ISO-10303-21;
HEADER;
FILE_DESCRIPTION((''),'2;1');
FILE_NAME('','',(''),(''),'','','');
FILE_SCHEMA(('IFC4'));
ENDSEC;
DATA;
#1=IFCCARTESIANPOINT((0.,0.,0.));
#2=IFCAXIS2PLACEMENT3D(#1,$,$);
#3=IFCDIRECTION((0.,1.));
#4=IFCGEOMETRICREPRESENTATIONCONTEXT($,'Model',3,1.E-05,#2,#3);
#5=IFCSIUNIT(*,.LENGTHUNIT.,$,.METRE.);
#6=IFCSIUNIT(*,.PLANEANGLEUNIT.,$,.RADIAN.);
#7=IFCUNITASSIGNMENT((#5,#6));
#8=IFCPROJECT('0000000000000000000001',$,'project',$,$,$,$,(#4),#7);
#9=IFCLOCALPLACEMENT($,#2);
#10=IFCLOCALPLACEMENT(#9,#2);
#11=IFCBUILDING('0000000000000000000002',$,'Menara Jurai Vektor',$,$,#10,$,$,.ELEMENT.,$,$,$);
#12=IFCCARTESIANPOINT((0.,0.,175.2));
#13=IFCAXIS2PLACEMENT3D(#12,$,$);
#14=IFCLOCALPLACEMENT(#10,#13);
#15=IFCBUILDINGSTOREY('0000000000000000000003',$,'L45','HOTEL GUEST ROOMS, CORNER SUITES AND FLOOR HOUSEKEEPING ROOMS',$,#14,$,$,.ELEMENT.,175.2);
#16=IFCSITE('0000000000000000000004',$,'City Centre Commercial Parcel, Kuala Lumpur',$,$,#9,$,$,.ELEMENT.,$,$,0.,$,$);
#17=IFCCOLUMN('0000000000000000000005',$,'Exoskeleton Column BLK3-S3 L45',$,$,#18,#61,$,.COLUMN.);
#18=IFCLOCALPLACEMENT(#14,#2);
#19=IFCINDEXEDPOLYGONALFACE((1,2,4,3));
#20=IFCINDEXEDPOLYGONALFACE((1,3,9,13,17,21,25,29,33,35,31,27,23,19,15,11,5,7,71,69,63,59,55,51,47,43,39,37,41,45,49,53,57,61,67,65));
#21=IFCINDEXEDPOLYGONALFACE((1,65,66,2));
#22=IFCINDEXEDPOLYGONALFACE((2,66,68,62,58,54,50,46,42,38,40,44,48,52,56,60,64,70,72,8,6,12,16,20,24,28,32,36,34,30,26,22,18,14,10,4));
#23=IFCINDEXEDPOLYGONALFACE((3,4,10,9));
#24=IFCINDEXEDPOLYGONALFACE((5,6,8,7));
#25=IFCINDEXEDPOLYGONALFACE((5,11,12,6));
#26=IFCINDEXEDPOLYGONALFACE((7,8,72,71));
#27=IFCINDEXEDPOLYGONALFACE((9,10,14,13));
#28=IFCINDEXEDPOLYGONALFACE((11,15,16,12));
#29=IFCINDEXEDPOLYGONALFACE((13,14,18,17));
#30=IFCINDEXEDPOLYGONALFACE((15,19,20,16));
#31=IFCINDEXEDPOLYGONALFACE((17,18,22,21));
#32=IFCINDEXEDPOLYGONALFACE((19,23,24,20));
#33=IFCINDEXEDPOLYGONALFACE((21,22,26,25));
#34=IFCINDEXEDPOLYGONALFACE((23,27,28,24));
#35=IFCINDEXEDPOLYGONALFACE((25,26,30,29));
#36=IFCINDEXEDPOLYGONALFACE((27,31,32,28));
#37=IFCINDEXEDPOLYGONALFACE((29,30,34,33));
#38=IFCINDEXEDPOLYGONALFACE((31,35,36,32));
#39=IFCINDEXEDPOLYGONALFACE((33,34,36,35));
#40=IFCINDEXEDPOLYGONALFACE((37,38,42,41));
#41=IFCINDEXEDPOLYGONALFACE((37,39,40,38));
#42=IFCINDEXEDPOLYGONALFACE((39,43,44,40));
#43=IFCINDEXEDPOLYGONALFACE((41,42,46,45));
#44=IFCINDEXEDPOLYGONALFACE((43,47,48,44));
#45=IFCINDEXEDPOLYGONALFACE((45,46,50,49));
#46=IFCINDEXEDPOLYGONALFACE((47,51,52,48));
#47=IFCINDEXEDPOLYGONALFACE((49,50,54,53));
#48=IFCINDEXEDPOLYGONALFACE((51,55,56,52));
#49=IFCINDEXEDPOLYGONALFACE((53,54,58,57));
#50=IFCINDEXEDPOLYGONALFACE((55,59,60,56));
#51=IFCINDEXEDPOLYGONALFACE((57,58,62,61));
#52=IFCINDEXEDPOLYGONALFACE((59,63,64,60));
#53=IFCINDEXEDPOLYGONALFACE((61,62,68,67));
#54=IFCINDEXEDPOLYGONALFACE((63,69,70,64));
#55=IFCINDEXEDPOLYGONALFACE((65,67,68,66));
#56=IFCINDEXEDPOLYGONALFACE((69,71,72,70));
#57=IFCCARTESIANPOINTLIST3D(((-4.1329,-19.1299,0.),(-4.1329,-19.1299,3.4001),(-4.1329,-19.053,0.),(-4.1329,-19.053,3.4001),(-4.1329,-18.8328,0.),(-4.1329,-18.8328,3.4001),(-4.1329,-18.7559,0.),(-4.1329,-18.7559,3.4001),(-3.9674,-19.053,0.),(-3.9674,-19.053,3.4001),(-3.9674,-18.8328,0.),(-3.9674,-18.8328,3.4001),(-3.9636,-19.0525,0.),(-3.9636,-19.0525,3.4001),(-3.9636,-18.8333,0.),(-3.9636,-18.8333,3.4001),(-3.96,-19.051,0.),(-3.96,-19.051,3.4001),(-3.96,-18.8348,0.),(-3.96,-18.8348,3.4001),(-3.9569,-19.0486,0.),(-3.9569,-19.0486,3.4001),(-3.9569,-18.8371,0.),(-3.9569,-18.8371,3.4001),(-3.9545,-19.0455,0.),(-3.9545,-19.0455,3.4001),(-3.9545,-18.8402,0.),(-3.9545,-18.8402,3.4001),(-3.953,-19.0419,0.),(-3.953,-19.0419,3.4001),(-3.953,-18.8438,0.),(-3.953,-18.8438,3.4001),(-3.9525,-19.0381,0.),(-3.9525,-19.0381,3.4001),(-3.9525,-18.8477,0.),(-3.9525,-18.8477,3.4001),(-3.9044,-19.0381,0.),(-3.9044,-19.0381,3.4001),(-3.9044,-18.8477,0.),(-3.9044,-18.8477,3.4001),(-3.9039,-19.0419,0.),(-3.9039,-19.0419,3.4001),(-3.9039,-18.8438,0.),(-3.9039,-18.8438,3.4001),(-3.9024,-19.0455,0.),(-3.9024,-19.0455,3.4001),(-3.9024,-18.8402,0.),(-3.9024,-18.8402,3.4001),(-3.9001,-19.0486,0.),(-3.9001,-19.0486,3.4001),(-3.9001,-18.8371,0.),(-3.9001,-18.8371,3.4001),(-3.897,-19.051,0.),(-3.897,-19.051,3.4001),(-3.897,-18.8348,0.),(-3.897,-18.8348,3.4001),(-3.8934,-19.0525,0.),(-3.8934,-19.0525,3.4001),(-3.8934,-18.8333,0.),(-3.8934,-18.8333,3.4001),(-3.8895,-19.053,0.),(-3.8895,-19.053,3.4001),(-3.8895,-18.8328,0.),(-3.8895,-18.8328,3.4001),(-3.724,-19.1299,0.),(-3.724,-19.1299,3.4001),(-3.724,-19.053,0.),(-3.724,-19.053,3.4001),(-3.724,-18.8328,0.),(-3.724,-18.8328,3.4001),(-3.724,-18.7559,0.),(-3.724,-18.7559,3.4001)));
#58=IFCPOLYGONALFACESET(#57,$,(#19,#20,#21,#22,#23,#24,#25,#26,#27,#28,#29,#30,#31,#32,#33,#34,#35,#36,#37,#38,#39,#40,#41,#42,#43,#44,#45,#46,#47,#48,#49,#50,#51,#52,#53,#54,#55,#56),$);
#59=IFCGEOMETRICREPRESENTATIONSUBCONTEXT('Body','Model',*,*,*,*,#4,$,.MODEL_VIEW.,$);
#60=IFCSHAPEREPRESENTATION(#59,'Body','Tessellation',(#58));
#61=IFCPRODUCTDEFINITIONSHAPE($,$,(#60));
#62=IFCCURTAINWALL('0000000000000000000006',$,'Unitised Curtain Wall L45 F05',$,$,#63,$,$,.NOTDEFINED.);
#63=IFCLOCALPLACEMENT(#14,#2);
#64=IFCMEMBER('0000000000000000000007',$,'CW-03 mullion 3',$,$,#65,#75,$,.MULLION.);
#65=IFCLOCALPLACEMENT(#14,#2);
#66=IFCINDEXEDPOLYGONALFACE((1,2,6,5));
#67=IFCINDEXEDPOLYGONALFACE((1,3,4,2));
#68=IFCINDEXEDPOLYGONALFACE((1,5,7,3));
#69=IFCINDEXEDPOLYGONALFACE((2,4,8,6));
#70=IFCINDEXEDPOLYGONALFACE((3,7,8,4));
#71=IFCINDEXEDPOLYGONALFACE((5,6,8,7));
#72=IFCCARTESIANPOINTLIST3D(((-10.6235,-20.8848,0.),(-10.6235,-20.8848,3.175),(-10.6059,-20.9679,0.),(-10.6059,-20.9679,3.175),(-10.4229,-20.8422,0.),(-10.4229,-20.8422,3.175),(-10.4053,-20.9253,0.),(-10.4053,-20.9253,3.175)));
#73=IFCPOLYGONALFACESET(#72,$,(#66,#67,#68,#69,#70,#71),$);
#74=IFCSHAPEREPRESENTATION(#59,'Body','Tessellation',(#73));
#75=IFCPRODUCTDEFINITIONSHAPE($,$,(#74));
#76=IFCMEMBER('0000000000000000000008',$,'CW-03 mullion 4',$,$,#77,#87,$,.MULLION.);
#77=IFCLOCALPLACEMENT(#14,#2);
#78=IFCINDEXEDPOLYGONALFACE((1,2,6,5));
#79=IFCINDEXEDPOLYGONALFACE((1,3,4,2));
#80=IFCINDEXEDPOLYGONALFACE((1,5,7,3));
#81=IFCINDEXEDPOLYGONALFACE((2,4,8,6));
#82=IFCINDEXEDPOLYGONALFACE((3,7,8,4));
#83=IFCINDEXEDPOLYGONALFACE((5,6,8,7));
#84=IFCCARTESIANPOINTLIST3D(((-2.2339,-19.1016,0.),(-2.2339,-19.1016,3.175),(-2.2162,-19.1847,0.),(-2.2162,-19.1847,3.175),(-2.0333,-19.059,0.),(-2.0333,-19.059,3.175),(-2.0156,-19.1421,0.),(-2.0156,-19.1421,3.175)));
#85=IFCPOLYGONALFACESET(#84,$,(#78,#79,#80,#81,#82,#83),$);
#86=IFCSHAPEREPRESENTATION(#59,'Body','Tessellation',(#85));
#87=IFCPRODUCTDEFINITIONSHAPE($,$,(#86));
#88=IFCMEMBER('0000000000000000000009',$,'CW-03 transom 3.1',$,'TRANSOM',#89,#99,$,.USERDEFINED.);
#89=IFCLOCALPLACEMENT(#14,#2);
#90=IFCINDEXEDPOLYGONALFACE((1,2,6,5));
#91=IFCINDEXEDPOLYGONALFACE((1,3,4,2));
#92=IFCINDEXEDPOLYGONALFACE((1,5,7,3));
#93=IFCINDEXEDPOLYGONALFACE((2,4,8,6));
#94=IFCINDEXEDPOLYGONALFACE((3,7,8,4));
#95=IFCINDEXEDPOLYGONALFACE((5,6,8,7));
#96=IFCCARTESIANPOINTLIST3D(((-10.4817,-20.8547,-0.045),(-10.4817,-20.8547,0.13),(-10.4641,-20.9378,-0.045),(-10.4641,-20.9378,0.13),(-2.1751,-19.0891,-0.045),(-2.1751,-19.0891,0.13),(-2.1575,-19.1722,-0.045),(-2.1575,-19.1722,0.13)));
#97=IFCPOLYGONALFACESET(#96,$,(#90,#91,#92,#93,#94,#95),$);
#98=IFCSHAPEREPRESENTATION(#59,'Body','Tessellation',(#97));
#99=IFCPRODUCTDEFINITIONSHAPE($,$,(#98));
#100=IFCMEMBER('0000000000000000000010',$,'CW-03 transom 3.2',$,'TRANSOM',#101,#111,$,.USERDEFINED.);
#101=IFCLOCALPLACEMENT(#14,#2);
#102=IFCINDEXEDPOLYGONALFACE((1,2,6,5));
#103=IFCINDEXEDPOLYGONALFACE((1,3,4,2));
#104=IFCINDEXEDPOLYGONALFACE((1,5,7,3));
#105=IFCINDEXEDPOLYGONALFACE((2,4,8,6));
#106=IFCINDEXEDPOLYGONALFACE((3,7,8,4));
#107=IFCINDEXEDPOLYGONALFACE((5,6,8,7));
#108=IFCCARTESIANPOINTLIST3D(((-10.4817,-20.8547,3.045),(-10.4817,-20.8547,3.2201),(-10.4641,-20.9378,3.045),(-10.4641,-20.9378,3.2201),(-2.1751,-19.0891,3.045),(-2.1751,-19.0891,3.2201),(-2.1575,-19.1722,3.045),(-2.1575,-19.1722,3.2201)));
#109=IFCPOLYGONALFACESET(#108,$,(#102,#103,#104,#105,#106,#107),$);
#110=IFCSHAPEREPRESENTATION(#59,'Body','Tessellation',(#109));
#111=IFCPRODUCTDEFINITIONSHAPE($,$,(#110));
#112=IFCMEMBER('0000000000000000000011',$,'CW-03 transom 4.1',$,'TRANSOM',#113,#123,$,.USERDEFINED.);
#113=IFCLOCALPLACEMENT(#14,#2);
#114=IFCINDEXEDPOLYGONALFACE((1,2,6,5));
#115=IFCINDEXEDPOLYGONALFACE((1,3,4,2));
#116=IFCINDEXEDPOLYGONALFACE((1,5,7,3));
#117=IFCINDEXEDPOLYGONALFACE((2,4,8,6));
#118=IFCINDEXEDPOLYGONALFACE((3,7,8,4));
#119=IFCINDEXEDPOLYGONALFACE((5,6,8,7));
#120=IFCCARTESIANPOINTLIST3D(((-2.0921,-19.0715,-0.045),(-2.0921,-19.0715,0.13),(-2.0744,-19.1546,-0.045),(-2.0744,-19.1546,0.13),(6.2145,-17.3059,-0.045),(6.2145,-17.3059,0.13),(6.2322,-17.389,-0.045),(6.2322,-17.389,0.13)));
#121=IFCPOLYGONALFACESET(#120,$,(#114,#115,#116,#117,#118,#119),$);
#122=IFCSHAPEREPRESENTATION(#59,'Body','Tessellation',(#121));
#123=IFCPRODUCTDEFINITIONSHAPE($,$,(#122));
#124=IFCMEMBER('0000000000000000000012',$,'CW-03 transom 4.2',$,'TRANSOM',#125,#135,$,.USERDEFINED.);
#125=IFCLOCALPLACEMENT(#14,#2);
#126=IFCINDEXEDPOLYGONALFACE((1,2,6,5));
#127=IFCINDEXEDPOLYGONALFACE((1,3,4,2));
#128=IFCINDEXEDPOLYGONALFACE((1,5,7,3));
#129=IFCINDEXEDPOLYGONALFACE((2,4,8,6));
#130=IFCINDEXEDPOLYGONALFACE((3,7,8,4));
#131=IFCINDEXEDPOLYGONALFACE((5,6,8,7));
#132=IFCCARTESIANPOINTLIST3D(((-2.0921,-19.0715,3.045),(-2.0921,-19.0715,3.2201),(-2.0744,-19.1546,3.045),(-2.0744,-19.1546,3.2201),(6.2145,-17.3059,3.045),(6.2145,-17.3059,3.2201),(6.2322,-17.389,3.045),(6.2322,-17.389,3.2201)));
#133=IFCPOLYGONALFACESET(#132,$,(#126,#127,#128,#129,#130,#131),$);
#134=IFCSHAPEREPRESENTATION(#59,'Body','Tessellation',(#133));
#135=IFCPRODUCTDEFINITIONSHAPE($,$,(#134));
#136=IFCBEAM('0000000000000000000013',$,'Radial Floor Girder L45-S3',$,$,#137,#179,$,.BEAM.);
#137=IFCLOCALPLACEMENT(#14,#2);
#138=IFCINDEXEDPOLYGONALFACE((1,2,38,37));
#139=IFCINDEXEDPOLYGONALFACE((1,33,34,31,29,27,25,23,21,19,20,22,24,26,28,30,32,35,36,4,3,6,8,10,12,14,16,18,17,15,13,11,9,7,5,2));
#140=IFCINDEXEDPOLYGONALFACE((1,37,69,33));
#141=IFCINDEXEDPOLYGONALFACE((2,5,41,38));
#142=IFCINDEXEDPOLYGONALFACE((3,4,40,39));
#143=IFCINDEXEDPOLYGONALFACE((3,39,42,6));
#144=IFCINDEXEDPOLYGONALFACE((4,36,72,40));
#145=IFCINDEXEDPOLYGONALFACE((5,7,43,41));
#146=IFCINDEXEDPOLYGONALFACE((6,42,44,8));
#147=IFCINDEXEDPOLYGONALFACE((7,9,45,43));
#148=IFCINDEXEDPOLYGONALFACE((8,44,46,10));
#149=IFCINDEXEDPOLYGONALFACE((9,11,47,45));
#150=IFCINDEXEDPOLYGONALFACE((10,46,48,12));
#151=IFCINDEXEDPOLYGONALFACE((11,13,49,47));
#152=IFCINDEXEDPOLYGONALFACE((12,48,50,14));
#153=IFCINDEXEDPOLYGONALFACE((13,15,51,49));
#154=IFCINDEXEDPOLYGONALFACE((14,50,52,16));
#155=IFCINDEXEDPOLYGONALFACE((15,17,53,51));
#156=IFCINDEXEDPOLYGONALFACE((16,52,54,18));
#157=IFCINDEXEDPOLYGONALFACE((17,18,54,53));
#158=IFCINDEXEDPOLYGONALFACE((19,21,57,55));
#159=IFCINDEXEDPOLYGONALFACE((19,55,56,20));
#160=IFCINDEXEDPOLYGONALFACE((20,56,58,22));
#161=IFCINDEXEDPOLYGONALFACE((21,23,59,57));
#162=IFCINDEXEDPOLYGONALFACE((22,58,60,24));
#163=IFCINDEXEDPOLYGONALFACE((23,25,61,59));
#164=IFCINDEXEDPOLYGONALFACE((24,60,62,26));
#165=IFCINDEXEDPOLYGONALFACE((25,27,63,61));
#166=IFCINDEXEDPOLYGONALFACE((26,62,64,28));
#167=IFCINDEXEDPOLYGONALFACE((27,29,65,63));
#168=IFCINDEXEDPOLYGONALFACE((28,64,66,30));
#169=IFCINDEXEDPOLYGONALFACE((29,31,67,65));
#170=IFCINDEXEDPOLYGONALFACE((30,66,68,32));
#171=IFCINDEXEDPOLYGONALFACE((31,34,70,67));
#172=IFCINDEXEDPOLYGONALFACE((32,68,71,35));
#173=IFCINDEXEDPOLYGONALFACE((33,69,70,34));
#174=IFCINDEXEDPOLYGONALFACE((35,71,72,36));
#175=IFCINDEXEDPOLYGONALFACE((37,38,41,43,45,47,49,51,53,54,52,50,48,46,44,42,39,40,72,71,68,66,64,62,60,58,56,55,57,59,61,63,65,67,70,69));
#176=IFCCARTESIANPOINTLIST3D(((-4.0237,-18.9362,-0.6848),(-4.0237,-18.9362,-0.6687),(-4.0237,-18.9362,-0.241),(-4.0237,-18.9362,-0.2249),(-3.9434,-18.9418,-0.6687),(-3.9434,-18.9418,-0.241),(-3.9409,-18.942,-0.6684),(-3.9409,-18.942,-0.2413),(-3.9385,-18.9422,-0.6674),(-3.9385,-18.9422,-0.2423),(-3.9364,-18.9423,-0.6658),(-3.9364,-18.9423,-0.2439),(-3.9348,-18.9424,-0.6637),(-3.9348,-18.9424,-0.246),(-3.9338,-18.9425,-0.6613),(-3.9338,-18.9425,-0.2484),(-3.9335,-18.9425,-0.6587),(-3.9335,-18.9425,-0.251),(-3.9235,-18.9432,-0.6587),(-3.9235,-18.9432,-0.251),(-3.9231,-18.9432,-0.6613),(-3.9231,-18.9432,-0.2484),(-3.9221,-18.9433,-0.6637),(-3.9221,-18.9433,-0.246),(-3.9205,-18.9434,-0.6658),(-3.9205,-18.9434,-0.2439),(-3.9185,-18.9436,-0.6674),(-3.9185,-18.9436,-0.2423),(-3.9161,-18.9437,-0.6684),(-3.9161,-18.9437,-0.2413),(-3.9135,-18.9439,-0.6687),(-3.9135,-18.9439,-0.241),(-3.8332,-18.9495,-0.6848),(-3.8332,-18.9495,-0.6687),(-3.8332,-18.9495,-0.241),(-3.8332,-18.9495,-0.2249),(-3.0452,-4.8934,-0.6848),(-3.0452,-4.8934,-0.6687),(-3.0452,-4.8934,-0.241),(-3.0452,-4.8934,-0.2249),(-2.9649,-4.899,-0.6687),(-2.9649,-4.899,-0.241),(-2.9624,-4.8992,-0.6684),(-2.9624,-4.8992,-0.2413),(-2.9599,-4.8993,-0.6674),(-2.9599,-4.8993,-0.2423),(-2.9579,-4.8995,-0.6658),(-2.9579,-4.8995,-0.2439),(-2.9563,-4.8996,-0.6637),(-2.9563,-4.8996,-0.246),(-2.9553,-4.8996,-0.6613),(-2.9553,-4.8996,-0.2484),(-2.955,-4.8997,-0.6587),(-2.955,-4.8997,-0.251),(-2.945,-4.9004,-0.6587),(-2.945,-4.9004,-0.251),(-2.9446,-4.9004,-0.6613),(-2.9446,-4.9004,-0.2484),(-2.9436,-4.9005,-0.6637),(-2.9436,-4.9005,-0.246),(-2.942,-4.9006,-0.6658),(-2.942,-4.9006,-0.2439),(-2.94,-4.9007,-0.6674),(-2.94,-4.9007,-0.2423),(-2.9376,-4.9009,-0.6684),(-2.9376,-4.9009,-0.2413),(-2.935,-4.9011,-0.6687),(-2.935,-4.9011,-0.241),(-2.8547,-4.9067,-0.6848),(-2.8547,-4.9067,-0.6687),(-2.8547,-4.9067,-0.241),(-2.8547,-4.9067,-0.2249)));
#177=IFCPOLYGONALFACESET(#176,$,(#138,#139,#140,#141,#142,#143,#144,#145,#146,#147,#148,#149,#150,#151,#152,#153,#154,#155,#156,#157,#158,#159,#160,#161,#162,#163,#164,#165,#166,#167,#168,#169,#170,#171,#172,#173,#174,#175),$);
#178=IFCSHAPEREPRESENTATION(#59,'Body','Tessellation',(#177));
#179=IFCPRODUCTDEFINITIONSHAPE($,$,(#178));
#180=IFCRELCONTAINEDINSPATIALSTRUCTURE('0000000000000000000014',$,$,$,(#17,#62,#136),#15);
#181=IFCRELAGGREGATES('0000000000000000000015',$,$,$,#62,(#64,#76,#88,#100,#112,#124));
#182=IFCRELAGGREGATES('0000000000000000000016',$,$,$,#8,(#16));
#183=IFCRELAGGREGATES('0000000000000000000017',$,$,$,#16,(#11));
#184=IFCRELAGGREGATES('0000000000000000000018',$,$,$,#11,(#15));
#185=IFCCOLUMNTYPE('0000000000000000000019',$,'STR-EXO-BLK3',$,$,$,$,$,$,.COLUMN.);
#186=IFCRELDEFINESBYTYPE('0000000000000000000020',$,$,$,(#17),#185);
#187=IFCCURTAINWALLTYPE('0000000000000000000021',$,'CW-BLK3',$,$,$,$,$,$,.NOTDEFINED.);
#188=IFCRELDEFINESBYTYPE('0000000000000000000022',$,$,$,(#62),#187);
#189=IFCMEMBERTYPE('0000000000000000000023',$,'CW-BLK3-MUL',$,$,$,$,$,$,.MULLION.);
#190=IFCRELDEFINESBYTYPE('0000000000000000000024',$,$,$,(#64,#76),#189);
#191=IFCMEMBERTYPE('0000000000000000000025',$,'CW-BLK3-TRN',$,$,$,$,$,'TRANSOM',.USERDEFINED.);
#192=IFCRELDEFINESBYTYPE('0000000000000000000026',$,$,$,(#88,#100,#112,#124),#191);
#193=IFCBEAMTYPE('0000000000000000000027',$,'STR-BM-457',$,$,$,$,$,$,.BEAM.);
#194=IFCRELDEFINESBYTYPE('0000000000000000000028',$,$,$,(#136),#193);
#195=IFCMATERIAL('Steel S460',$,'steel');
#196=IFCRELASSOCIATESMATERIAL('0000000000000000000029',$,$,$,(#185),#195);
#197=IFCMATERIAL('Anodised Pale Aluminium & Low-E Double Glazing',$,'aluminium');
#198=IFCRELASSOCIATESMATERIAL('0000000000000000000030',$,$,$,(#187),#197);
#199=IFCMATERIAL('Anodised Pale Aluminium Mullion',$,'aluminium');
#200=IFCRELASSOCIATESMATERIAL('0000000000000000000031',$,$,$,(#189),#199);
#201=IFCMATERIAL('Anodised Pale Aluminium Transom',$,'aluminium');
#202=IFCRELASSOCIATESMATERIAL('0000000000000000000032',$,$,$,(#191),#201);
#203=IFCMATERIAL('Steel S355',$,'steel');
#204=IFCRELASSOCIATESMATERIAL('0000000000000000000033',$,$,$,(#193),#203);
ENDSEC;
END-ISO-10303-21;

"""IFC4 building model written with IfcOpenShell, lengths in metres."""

from ifc_helpers import new_model, si_unit, direction, frame, origin, origin_2d, place, context, subcontext, project, spatial, rectangle, i_section, extrude, material, material_profile, profile_set, type_object, element, aggregate, save


model = new_model("IFC4")

# Units and contexts
model_context = context("Model", 3, precision=1e-05, world=origin(), true_north=direction((0.0, 1.0)))
body_context = subcontext(model_context, "Body", "Model", "MODEL_VIEW")
ifc_project = project(units=[si_unit("LENGTHUNIT", "METRE"), si_unit("PLANEANGLEUNIT", "RADIAN")], contexts=[model_context])

# Site, building, storey
site_placement = place(None, origin())
site = spatial("IfcSite", under=ifc_project, at=site_placement, Name="City Centre Commercial Parcel, Kuala Lumpur", CompositionType="ELEMENT", RefElevation=0.0)
building_placement = place(site_placement, origin())
building = spatial("IfcBuilding", under=site, at=building_placement, Name="Menara Jurai Vektor", CompositionType="ELEMENT")
storey_placement = place(building_placement, frame((0.0, 0.0, 175.2)))
storey = spatial("IfcBuildingStorey", under=building, at=storey_placement, Name="L45", Description="HOTEL GUEST ROOMS, CORNER SUITES AND FLOOR HOUSEKEEPING ROOMS", CompositionType="ELEMENT", Elevation=175.2)

# Column
ifc_material_1 = material(Name="Steel S460", Category="steel")
ifc_material_profile_1 = material_profile(ifc_material_1, i_section(OverallWidth=0.4089, OverallDepth=0.374, WebThickness=0.0481, FlangeThickness=0.0769, FilletRadius=0.0149, at=origin_2d()), Name="HD 400x634")
ifc_profile_set_1 = profile_set([ifc_material_profile_1], Name="Steel S460")
column_type = type_object("IfcColumnType", Name="STR-EXO-BLK3", PredefinedType="COLUMN", material=ifc_profile_set_1)
column_placement = place(storey_placement, frame((-3.9285, -18.9429, 0.0), z_axis=(0.0, 0.0, 1.0), x_axis=(1.0, 0.0, 0.0)))
element("IfcColumn", 1, at=column_placement, inside=storey, type_object=column_type, Name="Exoskeleton Column BLK3-S3 L45", PredefinedType="COLUMN", context=body_context, shape_type="SweptSolid", body=[
    extrude(i_section(OverallWidth=0.4089, OverallDepth=0.374, WebThickness=0.0481, FlangeThickness=0.0769, FilletRadius=0.0149, at=origin_2d()), origin(), (0.0, 0.0, 1.0), 3.4001),
])

# Curtain wall, members
ifc_material_2 = material(Name="Anodised Pale Aluminium & Low-E Double Glazing", Category="aluminium")
curtain_wall_type = type_object("IfcCurtainWallType", Name="CW-BLK3", PredefinedType="NOTDEFINED", material=ifc_material_2)
curtain_wall_placement = place(storey_placement, origin())
curtain_wall = element("IfcCurtainWall", 2, at=curtain_wall_placement, inside=storey, type_object=curtain_wall_type, Name="Unitised Curtain Wall L45 F05", PredefinedType="NOTDEFINED")
ifc_material_3 = material(Name="Anodised Pale Aluminium Mullion", Category="aluminium")
ifc_material_profile_2 = material_profile(ifc_material_3, rectangle(XDim=0.085, YDim=0.2051, at=origin_2d()), Name="ALU MUL 85x205")
ifc_profile_set_2 = profile_set([ifc_material_profile_2], Name="Anodised Pale Aluminium Mullion")
member_type_1 = type_object("IfcMemberType", Name="CW-BLK3-MUL", PredefinedType="MULLION", material=ifc_profile_set_2)
member_1_placement = place(storey_placement, frame((-10.5144, -20.905, 0.0), z_axis=(0.0, 0.0, 1.0), x_axis=(-0.207911, 0.978148, 0.0)))
member_1 = element("IfcMember", 3, at=member_1_placement, type_object=member_type_1, Name="CW-03 mullion 3", PredefinedType="MULLION", context=body_context, shape_type="SweptSolid", body=[
    extrude(rectangle(XDim=0.085, YDim=0.2051, at=origin_2d()), origin(), (0.0, 0.0, 1.0), 3.175),
])
member_2_placement = place(storey_placement, frame((-2.1248, -19.1218, 0.0), z_axis=(0.0, 0.0, 1.0), x_axis=(-0.207911, 0.978148, 0.0)))
member_2 = element("IfcMember", 4, at=member_2_placement, type_object=member_type_1, Name="CW-03 mullion 4", PredefinedType="MULLION", context=body_context, shape_type="SweptSolid", body=[
    extrude(rectangle(XDim=0.085, YDim=0.2051, at=origin_2d()), origin(), (0.0, 0.0, 1.0), 3.175),
])
ifc_material_4 = material(Name="Anodised Pale Aluminium Transom", Category="aluminium")
ifc_material_profile_3 = material_profile(ifc_material_4, rectangle(XDim=0.085, YDim=0.175, at=origin_2d()), Name="ALU TRN 85x175")
ifc_profile_set_3 = profile_set([ifc_material_profile_3], Name="Anodised Pale Aluminium Transom")
member_type_2 = type_object("IfcMemberType", Name="CW-BLK3-TRN", ElementType="TRANSOM", PredefinedType="USERDEFINED", material=ifc_profile_set_3)
member_3_placement = place(storey_placement, frame((-10.4729, -20.8962, 0.0425), z_axis=(0.978148, 0.207911, 0.0), x_axis=(-0.207911, 0.978148, 0.0)))
member_3 = element("IfcMember", 5, at=member_3_placement, type_object=member_type_2, Name="CW-03 transom 3.1", ObjectType="TRANSOM", PredefinedType="USERDEFINED", context=body_context, shape_type="SweptSolid", body=[
    extrude(rectangle(XDim=0.085, YDim=0.175, at=origin_2d()), origin(), (0.0, 0.0, 1.0), 8.4922),
])
member_4_placement = place(storey_placement, frame((-10.4729, -20.8962, 3.1326), z_axis=(0.978148, 0.207911, 0.0), x_axis=(-0.207911, 0.978148, 0.0)))
member_4 = element("IfcMember", 6, at=member_4_placement, type_object=member_type_2, Name="CW-03 transom 3.2", ObjectType="TRANSOM", PredefinedType="USERDEFINED", context=body_context, shape_type="SweptSolid", body=[
    extrude(rectangle(XDim=0.085, YDim=0.175, at=origin_2d()), origin(), (0.0, 0.0, 1.0), 8.4922),
])
member_5_placement = place(storey_placement, frame((-2.0833, -19.113, 0.0425), z_axis=(0.978148, 0.207911, 0.0), x_axis=(-0.207911, 0.978148, 0.0)))
member_5 = element("IfcMember", 7, at=member_5_placement, type_object=member_type_2, Name="CW-03 transom 4.1", ObjectType="TRANSOM", PredefinedType="USERDEFINED", context=body_context, shape_type="SweptSolid", body=[
    extrude(rectangle(XDim=0.085, YDim=0.175, at=origin_2d()), origin(), (0.0, 0.0, 1.0), 8.4922),
])
member_6_placement = place(storey_placement, frame((-2.0833, -19.113, 3.1326), z_axis=(0.978148, 0.207911, 0.0), x_axis=(-0.207911, 0.978148, 0.0)))
member_6 = element("IfcMember", 8, at=member_6_placement, type_object=member_type_2, Name="CW-03 transom 4.2", ObjectType="TRANSOM", PredefinedType="USERDEFINED", context=body_context, shape_type="SweptSolid", body=[
    extrude(rectangle(XDim=0.085, YDim=0.175, at=origin_2d()), origin(), (0.0, 0.0, 1.0), 8.4922),
])

# Beam
ifc_material_5 = material(Name="Steel S355", Category="steel")
ifc_material_profile_4 = material_profile(ifc_material_5, i_section(OverallWidth=0.1909, OverallDepth=0.46, WebThickness=0.01, FlangeThickness=0.0161, FilletRadius=0.01, at=origin_2d()), Name="UKB 457x191x82")
ifc_profile_set_4 = profile_set([ifc_material_profile_4], Name="Steel S355")
beam_type_1 = type_object("IfcBeamType", Name="STR-BM-457", PredefinedType="BEAM", material=ifc_profile_set_4)
beam_1_placement = place(storey_placement, frame((-3.9285, -18.9429, -0.4548), z_axis=(0.069512, 0.997581, 0.0), x_axis=(-0.997581, 0.069512, 0.0)))
element("IfcBeam", 9, at=beam_1_placement, inside=storey, type_object=beam_type_1, Name="Radial Floor Girder L45-S3", PredefinedType="BEAM", context=body_context, shape_type="SweptSolid", body=[
    extrude(i_section(OverallWidth=0.1909, OverallDepth=0.46, WebThickness=0.01, FlangeThickness=0.0161, FilletRadius=0.01, at=origin_2d()), origin(), (0.0, 0.0, 1.0), 14.0769),
])

aggregate(curtain_wall, [member_1, member_2, member_3, member_4, member_5, member_6])

save(model, "model.ifc")
